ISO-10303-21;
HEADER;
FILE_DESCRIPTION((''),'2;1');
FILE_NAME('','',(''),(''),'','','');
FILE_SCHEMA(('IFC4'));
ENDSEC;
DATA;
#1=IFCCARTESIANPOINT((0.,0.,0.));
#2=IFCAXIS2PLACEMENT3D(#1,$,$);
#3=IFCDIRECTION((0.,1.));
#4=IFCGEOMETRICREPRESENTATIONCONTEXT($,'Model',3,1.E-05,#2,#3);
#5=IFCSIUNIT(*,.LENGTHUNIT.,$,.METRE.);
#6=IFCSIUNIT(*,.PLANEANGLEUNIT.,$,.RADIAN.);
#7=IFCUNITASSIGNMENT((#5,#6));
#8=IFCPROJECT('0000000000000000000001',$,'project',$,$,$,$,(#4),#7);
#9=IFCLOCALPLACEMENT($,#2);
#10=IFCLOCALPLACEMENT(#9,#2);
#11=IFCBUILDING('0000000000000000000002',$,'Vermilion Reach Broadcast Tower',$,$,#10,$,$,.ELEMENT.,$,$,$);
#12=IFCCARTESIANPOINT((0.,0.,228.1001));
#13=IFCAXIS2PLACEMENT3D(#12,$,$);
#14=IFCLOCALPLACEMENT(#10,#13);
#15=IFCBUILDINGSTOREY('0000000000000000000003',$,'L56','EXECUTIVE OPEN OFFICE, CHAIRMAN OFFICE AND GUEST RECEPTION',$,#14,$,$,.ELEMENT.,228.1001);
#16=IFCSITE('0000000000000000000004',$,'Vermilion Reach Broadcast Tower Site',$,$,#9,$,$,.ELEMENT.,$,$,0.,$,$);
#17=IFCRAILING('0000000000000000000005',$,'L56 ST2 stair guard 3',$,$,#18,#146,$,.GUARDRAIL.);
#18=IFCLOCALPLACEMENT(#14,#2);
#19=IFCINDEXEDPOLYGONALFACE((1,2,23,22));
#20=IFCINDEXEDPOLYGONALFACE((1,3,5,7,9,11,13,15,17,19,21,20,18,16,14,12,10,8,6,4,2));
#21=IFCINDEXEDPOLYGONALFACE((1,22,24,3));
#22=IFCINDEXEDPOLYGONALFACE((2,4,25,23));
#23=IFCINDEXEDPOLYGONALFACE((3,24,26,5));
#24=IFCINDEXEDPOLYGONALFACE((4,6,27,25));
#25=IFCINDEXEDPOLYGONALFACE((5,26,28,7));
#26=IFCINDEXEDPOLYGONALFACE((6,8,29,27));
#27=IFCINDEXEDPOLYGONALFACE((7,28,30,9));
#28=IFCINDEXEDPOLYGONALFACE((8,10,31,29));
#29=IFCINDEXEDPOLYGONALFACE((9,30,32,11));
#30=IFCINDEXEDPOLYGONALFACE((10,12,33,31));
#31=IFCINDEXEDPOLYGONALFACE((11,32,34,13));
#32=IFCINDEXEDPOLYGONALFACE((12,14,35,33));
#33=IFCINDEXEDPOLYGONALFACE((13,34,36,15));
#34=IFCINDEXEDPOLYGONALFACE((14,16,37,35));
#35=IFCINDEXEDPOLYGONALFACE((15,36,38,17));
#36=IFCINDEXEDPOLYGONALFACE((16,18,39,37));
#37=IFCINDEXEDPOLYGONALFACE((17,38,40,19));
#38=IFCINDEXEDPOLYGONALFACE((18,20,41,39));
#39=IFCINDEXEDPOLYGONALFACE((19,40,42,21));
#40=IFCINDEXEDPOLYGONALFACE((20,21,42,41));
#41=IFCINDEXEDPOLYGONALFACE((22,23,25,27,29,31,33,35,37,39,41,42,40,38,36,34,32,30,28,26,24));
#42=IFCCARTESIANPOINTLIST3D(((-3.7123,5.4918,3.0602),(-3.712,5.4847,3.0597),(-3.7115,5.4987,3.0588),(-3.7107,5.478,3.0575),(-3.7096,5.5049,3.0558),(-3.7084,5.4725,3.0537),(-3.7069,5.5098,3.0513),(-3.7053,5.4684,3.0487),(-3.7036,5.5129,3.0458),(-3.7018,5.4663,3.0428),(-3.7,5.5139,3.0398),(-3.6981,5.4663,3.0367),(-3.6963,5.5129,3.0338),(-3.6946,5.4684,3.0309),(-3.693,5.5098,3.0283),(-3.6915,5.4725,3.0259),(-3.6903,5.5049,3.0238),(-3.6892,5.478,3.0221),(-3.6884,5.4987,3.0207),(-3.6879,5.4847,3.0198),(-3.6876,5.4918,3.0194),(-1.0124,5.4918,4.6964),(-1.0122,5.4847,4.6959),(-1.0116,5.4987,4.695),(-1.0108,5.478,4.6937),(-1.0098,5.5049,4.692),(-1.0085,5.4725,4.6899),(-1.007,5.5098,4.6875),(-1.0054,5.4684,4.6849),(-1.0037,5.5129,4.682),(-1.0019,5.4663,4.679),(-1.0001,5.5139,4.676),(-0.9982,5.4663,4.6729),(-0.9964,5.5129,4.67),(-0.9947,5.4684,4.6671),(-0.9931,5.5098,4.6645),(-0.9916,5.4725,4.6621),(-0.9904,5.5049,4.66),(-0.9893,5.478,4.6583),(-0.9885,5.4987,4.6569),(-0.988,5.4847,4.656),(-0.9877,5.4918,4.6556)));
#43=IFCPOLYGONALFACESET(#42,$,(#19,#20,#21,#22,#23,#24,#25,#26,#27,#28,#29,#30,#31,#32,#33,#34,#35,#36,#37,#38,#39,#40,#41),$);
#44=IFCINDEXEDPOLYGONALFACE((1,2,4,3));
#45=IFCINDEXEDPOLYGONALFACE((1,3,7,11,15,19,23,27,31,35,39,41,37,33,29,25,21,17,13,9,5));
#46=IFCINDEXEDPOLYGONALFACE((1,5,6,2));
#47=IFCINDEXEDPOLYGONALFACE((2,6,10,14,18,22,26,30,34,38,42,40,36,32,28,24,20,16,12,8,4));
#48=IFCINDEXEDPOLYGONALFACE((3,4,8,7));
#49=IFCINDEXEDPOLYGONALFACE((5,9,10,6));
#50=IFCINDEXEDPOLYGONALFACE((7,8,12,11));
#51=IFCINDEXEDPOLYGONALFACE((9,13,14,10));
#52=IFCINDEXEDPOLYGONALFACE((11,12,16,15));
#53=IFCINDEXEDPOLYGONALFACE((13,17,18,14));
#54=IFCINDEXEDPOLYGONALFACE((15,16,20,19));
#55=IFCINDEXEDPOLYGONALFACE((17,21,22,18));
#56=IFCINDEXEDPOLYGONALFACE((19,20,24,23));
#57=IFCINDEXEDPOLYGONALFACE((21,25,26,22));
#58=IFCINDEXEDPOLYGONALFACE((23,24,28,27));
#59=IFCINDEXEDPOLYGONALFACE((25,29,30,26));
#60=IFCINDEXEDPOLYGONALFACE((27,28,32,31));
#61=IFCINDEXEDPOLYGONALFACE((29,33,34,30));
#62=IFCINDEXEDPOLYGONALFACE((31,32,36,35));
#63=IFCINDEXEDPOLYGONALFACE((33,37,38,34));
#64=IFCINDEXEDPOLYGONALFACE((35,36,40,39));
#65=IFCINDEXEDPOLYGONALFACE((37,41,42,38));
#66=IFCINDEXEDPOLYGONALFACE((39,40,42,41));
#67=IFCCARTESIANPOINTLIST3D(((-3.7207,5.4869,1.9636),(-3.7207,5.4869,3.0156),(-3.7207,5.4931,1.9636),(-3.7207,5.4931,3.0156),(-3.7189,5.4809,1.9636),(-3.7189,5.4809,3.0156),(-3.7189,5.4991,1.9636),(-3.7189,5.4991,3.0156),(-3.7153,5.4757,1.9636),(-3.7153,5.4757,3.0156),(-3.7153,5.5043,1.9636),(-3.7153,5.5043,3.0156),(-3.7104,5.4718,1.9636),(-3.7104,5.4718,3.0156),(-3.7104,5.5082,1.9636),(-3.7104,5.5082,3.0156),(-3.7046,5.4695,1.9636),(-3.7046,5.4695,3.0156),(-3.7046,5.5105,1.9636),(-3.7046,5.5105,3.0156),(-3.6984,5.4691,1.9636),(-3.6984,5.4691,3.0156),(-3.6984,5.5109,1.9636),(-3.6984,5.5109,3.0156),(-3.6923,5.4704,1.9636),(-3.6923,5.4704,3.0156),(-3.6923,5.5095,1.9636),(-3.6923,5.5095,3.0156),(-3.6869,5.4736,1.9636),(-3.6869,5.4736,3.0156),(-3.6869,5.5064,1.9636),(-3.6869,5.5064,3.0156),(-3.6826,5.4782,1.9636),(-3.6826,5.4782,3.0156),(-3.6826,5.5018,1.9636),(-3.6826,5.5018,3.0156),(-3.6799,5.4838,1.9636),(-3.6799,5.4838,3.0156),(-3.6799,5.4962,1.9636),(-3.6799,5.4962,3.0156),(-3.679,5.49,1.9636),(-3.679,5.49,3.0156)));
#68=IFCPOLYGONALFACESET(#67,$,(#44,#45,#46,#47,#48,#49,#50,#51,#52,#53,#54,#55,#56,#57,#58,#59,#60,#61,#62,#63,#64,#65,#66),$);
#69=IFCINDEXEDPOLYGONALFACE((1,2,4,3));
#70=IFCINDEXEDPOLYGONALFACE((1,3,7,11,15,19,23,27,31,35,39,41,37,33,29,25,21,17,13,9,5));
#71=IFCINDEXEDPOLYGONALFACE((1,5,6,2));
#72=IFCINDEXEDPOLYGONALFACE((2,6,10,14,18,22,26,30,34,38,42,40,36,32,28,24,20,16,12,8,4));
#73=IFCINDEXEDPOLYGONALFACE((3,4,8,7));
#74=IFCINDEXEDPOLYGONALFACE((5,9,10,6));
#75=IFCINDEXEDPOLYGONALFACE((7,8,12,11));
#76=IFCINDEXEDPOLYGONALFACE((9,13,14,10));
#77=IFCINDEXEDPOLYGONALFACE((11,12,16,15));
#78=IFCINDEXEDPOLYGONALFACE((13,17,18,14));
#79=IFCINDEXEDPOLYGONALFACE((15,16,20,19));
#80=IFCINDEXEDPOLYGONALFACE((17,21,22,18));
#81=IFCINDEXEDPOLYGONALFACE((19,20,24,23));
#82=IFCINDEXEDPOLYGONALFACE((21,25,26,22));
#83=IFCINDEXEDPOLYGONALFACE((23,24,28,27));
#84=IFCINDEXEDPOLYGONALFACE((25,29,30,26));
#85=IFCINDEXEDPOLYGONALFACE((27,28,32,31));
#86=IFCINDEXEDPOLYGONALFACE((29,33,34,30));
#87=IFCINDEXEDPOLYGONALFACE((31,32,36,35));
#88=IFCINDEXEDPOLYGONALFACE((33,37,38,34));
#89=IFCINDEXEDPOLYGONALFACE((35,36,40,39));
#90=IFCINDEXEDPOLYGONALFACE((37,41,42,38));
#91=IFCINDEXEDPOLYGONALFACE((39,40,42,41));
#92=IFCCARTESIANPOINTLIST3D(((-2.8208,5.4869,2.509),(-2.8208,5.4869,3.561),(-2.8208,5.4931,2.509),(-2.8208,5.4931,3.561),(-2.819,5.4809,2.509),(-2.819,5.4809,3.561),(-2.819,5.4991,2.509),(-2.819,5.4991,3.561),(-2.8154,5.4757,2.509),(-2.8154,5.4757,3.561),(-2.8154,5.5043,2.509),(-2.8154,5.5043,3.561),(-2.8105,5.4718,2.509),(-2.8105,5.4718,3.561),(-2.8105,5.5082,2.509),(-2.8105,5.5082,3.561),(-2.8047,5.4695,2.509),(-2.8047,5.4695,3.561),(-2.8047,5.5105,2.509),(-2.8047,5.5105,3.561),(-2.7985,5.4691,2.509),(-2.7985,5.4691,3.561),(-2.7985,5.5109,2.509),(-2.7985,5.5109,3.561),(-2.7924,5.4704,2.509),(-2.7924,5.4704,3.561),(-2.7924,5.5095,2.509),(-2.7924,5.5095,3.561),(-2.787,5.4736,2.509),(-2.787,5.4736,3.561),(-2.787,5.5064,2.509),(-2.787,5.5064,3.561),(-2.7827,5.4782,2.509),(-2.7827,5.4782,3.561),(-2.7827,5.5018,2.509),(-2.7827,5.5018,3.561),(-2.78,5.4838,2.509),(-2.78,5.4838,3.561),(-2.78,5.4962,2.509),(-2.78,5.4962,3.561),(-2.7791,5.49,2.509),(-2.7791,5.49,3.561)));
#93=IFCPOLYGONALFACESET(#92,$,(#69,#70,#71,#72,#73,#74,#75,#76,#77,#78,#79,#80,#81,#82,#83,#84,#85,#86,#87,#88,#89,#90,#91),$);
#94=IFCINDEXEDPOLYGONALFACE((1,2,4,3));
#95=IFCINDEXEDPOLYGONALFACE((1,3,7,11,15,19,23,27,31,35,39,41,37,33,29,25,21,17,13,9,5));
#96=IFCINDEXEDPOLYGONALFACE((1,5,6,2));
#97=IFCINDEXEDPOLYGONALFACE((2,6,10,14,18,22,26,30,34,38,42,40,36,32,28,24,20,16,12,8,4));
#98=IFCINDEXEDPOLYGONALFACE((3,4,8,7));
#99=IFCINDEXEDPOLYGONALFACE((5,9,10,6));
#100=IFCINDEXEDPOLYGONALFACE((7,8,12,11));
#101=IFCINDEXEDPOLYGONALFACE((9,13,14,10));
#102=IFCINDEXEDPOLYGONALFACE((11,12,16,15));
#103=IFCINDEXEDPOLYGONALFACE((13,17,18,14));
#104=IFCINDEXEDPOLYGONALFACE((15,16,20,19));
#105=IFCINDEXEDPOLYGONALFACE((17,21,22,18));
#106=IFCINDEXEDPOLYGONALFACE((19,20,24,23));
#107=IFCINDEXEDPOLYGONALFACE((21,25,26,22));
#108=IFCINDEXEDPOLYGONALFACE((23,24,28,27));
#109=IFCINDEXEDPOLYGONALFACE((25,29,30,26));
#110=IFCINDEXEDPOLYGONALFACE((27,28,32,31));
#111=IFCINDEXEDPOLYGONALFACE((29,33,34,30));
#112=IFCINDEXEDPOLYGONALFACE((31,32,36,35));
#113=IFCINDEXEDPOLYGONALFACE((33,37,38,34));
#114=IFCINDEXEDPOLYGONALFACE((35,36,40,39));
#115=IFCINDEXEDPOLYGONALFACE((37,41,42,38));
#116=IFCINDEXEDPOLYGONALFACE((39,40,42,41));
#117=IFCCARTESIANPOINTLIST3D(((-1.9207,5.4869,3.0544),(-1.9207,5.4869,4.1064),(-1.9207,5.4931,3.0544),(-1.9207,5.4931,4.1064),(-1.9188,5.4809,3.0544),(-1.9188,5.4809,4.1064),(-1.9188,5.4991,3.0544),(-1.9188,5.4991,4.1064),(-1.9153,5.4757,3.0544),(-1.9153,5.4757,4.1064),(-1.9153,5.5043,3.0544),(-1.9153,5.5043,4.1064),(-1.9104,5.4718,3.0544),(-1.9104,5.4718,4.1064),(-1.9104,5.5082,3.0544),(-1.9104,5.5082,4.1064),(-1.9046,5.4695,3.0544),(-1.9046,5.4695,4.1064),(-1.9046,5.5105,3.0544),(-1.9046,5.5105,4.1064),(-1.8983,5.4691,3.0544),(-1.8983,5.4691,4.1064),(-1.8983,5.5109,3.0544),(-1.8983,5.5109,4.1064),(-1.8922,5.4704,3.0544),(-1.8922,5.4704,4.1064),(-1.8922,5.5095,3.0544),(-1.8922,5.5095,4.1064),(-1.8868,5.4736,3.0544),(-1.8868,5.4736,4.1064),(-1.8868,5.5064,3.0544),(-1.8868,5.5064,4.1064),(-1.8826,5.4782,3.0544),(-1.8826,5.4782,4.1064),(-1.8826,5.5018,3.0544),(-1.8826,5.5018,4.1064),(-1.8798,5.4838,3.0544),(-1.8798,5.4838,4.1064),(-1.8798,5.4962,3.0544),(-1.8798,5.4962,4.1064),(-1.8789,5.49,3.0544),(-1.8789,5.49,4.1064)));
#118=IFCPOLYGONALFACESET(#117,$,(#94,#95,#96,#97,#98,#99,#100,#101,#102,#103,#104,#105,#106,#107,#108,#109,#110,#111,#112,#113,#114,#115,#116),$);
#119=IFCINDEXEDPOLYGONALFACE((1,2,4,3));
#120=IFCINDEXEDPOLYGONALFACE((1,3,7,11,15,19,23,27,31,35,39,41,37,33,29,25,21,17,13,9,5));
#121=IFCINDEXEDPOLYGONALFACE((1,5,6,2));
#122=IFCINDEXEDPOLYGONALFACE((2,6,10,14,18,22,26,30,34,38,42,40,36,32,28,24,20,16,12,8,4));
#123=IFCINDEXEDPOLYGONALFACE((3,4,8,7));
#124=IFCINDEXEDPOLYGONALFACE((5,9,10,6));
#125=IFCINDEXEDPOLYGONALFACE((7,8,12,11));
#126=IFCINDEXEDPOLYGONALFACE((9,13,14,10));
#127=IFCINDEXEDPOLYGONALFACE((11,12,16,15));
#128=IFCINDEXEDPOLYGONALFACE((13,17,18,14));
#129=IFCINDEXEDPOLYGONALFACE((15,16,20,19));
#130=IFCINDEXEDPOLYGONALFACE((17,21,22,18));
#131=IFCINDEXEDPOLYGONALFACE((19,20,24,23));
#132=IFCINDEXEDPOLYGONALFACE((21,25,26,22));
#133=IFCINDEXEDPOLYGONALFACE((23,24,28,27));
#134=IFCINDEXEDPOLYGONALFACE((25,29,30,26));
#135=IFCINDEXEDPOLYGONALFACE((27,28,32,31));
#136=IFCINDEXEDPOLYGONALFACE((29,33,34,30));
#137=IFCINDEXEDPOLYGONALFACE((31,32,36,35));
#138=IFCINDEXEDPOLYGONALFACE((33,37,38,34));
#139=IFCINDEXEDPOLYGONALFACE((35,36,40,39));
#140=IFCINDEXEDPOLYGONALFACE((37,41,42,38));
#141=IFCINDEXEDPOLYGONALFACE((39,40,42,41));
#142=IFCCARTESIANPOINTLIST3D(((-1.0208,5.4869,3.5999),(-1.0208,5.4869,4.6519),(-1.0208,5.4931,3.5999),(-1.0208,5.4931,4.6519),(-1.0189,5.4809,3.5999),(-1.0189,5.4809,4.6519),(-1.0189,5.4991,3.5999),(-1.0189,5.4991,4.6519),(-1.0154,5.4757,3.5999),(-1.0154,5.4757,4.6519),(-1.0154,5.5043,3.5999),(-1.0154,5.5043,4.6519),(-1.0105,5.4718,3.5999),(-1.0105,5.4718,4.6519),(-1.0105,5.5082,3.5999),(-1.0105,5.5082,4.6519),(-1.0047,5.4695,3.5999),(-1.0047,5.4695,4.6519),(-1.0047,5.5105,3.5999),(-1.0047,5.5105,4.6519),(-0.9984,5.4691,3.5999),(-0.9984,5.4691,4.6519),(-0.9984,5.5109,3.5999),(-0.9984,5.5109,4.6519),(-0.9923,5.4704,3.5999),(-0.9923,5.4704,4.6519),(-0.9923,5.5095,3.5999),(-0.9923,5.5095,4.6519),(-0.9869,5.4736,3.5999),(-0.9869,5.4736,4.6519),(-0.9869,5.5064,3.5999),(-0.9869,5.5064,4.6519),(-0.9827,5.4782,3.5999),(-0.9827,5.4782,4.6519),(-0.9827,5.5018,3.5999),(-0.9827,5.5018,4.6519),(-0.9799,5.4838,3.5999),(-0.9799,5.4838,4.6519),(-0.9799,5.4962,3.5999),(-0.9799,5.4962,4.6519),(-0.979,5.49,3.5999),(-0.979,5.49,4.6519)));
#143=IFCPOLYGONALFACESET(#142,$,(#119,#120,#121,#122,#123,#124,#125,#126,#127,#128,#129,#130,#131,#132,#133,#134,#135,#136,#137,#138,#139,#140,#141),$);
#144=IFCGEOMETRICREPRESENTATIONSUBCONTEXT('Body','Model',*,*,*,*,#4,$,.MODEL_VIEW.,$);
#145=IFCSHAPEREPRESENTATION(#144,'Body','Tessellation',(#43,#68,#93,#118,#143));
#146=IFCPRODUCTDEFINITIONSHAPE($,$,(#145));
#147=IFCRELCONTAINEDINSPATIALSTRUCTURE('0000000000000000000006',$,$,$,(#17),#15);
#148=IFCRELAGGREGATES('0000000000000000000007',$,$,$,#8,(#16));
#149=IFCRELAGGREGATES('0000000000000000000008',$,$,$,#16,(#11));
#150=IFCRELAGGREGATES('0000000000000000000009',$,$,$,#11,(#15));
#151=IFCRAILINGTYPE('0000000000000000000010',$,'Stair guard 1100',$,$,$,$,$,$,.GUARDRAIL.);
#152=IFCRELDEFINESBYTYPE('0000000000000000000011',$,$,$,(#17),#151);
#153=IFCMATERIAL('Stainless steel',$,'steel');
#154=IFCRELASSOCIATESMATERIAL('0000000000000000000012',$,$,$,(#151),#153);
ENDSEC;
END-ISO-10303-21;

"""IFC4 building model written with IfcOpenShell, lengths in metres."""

from ifc_helpers import new_model, si_unit, direction, frame, origin, origin_2d, place, context, subcontext, project, spatial, circle, extrude, material, type_object, element, save


model = new_model("IFC4")

# Units and contexts
model_context = context("Model", 3, precision=1e-05, world=origin(), true_north=direction((0.0, 1.0)))
body_context = subcontext(model_context, "Body", "Model", "MODEL_VIEW")
ifc_project = project(units=[si_unit("LENGTHUNIT", "METRE"), si_unit("PLANEANGLEUNIT", "RADIAN")], contexts=[model_context])

# Site, building, storey
site_placement = place(None, origin())
site = spatial("IfcSite", under=ifc_project, at=site_placement, Name="Vermilion Reach Broadcast Tower Site", CompositionType="ELEMENT", RefElevation=0.0)
building_placement = place(site_placement, origin())
building = spatial("IfcBuilding", under=site, at=building_placement, Name="Vermilion Reach Broadcast Tower", CompositionType="ELEMENT")
storey_placement = place(building_placement, frame((0.0, 0.0, 228.1001)))
storey = spatial("IfcBuildingStorey", under=building, at=storey_placement, Name="L56", Description="EXECUTIVE OPEN OFFICE, CHAIRMAN OFFICE AND GUEST RECEPTION", CompositionType="ELEMENT", Elevation=228.1001)

# Railing
ifc_material_1 = material(Name="Stainless steel", Category="steel")
railing_type_1 = type_object("IfcRailingType", Name="Stair guard 1100", PredefinedType="GUARDRAIL", material=ifc_material_1)
railing_1_placement = place(storey_placement, frame((-3.7, 5.49, 1.9636)))
element("IfcRailing", 1, at=railing_1_placement, inside=storey, type_object=railing_type_1, Name="L56 ST2 stair guard 3", PredefinedType="GUARDRAIL", context=body_context, shape_type="SweptSolid", body=[
    extrude(circle(Radius=0.0239, at=origin_2d()), frame((0.0, 0.0, 1.0762), z_axis=(0.855212, 0.0, 0.518278), x_axis=(0.0, 1.0, 0.0)), (0.0, 0.0, 1.0), 3.157),
    extrude(circle(Radius=0.021, at=origin_2d()), origin(), (0.0, 0.0, 1.0), 1.052),
    extrude(circle(Radius=0.021, at=origin_2d()), frame((0.8999, 0.0, 0.5454)), (0.0, 0.0, 1.0), 1.052),
    extrude(circle(Radius=0.021, at=origin_2d()), frame((1.8, 0.0, 1.0908)), (0.0, 0.0, 1.0), 1.052),
    extrude(circle(Radius=0.021, at=origin_2d()), frame((2.7, 0.0, 1.6362)), (0.0, 0.0, 1.0), 1.052),
])

save(model, "model.ifc")
